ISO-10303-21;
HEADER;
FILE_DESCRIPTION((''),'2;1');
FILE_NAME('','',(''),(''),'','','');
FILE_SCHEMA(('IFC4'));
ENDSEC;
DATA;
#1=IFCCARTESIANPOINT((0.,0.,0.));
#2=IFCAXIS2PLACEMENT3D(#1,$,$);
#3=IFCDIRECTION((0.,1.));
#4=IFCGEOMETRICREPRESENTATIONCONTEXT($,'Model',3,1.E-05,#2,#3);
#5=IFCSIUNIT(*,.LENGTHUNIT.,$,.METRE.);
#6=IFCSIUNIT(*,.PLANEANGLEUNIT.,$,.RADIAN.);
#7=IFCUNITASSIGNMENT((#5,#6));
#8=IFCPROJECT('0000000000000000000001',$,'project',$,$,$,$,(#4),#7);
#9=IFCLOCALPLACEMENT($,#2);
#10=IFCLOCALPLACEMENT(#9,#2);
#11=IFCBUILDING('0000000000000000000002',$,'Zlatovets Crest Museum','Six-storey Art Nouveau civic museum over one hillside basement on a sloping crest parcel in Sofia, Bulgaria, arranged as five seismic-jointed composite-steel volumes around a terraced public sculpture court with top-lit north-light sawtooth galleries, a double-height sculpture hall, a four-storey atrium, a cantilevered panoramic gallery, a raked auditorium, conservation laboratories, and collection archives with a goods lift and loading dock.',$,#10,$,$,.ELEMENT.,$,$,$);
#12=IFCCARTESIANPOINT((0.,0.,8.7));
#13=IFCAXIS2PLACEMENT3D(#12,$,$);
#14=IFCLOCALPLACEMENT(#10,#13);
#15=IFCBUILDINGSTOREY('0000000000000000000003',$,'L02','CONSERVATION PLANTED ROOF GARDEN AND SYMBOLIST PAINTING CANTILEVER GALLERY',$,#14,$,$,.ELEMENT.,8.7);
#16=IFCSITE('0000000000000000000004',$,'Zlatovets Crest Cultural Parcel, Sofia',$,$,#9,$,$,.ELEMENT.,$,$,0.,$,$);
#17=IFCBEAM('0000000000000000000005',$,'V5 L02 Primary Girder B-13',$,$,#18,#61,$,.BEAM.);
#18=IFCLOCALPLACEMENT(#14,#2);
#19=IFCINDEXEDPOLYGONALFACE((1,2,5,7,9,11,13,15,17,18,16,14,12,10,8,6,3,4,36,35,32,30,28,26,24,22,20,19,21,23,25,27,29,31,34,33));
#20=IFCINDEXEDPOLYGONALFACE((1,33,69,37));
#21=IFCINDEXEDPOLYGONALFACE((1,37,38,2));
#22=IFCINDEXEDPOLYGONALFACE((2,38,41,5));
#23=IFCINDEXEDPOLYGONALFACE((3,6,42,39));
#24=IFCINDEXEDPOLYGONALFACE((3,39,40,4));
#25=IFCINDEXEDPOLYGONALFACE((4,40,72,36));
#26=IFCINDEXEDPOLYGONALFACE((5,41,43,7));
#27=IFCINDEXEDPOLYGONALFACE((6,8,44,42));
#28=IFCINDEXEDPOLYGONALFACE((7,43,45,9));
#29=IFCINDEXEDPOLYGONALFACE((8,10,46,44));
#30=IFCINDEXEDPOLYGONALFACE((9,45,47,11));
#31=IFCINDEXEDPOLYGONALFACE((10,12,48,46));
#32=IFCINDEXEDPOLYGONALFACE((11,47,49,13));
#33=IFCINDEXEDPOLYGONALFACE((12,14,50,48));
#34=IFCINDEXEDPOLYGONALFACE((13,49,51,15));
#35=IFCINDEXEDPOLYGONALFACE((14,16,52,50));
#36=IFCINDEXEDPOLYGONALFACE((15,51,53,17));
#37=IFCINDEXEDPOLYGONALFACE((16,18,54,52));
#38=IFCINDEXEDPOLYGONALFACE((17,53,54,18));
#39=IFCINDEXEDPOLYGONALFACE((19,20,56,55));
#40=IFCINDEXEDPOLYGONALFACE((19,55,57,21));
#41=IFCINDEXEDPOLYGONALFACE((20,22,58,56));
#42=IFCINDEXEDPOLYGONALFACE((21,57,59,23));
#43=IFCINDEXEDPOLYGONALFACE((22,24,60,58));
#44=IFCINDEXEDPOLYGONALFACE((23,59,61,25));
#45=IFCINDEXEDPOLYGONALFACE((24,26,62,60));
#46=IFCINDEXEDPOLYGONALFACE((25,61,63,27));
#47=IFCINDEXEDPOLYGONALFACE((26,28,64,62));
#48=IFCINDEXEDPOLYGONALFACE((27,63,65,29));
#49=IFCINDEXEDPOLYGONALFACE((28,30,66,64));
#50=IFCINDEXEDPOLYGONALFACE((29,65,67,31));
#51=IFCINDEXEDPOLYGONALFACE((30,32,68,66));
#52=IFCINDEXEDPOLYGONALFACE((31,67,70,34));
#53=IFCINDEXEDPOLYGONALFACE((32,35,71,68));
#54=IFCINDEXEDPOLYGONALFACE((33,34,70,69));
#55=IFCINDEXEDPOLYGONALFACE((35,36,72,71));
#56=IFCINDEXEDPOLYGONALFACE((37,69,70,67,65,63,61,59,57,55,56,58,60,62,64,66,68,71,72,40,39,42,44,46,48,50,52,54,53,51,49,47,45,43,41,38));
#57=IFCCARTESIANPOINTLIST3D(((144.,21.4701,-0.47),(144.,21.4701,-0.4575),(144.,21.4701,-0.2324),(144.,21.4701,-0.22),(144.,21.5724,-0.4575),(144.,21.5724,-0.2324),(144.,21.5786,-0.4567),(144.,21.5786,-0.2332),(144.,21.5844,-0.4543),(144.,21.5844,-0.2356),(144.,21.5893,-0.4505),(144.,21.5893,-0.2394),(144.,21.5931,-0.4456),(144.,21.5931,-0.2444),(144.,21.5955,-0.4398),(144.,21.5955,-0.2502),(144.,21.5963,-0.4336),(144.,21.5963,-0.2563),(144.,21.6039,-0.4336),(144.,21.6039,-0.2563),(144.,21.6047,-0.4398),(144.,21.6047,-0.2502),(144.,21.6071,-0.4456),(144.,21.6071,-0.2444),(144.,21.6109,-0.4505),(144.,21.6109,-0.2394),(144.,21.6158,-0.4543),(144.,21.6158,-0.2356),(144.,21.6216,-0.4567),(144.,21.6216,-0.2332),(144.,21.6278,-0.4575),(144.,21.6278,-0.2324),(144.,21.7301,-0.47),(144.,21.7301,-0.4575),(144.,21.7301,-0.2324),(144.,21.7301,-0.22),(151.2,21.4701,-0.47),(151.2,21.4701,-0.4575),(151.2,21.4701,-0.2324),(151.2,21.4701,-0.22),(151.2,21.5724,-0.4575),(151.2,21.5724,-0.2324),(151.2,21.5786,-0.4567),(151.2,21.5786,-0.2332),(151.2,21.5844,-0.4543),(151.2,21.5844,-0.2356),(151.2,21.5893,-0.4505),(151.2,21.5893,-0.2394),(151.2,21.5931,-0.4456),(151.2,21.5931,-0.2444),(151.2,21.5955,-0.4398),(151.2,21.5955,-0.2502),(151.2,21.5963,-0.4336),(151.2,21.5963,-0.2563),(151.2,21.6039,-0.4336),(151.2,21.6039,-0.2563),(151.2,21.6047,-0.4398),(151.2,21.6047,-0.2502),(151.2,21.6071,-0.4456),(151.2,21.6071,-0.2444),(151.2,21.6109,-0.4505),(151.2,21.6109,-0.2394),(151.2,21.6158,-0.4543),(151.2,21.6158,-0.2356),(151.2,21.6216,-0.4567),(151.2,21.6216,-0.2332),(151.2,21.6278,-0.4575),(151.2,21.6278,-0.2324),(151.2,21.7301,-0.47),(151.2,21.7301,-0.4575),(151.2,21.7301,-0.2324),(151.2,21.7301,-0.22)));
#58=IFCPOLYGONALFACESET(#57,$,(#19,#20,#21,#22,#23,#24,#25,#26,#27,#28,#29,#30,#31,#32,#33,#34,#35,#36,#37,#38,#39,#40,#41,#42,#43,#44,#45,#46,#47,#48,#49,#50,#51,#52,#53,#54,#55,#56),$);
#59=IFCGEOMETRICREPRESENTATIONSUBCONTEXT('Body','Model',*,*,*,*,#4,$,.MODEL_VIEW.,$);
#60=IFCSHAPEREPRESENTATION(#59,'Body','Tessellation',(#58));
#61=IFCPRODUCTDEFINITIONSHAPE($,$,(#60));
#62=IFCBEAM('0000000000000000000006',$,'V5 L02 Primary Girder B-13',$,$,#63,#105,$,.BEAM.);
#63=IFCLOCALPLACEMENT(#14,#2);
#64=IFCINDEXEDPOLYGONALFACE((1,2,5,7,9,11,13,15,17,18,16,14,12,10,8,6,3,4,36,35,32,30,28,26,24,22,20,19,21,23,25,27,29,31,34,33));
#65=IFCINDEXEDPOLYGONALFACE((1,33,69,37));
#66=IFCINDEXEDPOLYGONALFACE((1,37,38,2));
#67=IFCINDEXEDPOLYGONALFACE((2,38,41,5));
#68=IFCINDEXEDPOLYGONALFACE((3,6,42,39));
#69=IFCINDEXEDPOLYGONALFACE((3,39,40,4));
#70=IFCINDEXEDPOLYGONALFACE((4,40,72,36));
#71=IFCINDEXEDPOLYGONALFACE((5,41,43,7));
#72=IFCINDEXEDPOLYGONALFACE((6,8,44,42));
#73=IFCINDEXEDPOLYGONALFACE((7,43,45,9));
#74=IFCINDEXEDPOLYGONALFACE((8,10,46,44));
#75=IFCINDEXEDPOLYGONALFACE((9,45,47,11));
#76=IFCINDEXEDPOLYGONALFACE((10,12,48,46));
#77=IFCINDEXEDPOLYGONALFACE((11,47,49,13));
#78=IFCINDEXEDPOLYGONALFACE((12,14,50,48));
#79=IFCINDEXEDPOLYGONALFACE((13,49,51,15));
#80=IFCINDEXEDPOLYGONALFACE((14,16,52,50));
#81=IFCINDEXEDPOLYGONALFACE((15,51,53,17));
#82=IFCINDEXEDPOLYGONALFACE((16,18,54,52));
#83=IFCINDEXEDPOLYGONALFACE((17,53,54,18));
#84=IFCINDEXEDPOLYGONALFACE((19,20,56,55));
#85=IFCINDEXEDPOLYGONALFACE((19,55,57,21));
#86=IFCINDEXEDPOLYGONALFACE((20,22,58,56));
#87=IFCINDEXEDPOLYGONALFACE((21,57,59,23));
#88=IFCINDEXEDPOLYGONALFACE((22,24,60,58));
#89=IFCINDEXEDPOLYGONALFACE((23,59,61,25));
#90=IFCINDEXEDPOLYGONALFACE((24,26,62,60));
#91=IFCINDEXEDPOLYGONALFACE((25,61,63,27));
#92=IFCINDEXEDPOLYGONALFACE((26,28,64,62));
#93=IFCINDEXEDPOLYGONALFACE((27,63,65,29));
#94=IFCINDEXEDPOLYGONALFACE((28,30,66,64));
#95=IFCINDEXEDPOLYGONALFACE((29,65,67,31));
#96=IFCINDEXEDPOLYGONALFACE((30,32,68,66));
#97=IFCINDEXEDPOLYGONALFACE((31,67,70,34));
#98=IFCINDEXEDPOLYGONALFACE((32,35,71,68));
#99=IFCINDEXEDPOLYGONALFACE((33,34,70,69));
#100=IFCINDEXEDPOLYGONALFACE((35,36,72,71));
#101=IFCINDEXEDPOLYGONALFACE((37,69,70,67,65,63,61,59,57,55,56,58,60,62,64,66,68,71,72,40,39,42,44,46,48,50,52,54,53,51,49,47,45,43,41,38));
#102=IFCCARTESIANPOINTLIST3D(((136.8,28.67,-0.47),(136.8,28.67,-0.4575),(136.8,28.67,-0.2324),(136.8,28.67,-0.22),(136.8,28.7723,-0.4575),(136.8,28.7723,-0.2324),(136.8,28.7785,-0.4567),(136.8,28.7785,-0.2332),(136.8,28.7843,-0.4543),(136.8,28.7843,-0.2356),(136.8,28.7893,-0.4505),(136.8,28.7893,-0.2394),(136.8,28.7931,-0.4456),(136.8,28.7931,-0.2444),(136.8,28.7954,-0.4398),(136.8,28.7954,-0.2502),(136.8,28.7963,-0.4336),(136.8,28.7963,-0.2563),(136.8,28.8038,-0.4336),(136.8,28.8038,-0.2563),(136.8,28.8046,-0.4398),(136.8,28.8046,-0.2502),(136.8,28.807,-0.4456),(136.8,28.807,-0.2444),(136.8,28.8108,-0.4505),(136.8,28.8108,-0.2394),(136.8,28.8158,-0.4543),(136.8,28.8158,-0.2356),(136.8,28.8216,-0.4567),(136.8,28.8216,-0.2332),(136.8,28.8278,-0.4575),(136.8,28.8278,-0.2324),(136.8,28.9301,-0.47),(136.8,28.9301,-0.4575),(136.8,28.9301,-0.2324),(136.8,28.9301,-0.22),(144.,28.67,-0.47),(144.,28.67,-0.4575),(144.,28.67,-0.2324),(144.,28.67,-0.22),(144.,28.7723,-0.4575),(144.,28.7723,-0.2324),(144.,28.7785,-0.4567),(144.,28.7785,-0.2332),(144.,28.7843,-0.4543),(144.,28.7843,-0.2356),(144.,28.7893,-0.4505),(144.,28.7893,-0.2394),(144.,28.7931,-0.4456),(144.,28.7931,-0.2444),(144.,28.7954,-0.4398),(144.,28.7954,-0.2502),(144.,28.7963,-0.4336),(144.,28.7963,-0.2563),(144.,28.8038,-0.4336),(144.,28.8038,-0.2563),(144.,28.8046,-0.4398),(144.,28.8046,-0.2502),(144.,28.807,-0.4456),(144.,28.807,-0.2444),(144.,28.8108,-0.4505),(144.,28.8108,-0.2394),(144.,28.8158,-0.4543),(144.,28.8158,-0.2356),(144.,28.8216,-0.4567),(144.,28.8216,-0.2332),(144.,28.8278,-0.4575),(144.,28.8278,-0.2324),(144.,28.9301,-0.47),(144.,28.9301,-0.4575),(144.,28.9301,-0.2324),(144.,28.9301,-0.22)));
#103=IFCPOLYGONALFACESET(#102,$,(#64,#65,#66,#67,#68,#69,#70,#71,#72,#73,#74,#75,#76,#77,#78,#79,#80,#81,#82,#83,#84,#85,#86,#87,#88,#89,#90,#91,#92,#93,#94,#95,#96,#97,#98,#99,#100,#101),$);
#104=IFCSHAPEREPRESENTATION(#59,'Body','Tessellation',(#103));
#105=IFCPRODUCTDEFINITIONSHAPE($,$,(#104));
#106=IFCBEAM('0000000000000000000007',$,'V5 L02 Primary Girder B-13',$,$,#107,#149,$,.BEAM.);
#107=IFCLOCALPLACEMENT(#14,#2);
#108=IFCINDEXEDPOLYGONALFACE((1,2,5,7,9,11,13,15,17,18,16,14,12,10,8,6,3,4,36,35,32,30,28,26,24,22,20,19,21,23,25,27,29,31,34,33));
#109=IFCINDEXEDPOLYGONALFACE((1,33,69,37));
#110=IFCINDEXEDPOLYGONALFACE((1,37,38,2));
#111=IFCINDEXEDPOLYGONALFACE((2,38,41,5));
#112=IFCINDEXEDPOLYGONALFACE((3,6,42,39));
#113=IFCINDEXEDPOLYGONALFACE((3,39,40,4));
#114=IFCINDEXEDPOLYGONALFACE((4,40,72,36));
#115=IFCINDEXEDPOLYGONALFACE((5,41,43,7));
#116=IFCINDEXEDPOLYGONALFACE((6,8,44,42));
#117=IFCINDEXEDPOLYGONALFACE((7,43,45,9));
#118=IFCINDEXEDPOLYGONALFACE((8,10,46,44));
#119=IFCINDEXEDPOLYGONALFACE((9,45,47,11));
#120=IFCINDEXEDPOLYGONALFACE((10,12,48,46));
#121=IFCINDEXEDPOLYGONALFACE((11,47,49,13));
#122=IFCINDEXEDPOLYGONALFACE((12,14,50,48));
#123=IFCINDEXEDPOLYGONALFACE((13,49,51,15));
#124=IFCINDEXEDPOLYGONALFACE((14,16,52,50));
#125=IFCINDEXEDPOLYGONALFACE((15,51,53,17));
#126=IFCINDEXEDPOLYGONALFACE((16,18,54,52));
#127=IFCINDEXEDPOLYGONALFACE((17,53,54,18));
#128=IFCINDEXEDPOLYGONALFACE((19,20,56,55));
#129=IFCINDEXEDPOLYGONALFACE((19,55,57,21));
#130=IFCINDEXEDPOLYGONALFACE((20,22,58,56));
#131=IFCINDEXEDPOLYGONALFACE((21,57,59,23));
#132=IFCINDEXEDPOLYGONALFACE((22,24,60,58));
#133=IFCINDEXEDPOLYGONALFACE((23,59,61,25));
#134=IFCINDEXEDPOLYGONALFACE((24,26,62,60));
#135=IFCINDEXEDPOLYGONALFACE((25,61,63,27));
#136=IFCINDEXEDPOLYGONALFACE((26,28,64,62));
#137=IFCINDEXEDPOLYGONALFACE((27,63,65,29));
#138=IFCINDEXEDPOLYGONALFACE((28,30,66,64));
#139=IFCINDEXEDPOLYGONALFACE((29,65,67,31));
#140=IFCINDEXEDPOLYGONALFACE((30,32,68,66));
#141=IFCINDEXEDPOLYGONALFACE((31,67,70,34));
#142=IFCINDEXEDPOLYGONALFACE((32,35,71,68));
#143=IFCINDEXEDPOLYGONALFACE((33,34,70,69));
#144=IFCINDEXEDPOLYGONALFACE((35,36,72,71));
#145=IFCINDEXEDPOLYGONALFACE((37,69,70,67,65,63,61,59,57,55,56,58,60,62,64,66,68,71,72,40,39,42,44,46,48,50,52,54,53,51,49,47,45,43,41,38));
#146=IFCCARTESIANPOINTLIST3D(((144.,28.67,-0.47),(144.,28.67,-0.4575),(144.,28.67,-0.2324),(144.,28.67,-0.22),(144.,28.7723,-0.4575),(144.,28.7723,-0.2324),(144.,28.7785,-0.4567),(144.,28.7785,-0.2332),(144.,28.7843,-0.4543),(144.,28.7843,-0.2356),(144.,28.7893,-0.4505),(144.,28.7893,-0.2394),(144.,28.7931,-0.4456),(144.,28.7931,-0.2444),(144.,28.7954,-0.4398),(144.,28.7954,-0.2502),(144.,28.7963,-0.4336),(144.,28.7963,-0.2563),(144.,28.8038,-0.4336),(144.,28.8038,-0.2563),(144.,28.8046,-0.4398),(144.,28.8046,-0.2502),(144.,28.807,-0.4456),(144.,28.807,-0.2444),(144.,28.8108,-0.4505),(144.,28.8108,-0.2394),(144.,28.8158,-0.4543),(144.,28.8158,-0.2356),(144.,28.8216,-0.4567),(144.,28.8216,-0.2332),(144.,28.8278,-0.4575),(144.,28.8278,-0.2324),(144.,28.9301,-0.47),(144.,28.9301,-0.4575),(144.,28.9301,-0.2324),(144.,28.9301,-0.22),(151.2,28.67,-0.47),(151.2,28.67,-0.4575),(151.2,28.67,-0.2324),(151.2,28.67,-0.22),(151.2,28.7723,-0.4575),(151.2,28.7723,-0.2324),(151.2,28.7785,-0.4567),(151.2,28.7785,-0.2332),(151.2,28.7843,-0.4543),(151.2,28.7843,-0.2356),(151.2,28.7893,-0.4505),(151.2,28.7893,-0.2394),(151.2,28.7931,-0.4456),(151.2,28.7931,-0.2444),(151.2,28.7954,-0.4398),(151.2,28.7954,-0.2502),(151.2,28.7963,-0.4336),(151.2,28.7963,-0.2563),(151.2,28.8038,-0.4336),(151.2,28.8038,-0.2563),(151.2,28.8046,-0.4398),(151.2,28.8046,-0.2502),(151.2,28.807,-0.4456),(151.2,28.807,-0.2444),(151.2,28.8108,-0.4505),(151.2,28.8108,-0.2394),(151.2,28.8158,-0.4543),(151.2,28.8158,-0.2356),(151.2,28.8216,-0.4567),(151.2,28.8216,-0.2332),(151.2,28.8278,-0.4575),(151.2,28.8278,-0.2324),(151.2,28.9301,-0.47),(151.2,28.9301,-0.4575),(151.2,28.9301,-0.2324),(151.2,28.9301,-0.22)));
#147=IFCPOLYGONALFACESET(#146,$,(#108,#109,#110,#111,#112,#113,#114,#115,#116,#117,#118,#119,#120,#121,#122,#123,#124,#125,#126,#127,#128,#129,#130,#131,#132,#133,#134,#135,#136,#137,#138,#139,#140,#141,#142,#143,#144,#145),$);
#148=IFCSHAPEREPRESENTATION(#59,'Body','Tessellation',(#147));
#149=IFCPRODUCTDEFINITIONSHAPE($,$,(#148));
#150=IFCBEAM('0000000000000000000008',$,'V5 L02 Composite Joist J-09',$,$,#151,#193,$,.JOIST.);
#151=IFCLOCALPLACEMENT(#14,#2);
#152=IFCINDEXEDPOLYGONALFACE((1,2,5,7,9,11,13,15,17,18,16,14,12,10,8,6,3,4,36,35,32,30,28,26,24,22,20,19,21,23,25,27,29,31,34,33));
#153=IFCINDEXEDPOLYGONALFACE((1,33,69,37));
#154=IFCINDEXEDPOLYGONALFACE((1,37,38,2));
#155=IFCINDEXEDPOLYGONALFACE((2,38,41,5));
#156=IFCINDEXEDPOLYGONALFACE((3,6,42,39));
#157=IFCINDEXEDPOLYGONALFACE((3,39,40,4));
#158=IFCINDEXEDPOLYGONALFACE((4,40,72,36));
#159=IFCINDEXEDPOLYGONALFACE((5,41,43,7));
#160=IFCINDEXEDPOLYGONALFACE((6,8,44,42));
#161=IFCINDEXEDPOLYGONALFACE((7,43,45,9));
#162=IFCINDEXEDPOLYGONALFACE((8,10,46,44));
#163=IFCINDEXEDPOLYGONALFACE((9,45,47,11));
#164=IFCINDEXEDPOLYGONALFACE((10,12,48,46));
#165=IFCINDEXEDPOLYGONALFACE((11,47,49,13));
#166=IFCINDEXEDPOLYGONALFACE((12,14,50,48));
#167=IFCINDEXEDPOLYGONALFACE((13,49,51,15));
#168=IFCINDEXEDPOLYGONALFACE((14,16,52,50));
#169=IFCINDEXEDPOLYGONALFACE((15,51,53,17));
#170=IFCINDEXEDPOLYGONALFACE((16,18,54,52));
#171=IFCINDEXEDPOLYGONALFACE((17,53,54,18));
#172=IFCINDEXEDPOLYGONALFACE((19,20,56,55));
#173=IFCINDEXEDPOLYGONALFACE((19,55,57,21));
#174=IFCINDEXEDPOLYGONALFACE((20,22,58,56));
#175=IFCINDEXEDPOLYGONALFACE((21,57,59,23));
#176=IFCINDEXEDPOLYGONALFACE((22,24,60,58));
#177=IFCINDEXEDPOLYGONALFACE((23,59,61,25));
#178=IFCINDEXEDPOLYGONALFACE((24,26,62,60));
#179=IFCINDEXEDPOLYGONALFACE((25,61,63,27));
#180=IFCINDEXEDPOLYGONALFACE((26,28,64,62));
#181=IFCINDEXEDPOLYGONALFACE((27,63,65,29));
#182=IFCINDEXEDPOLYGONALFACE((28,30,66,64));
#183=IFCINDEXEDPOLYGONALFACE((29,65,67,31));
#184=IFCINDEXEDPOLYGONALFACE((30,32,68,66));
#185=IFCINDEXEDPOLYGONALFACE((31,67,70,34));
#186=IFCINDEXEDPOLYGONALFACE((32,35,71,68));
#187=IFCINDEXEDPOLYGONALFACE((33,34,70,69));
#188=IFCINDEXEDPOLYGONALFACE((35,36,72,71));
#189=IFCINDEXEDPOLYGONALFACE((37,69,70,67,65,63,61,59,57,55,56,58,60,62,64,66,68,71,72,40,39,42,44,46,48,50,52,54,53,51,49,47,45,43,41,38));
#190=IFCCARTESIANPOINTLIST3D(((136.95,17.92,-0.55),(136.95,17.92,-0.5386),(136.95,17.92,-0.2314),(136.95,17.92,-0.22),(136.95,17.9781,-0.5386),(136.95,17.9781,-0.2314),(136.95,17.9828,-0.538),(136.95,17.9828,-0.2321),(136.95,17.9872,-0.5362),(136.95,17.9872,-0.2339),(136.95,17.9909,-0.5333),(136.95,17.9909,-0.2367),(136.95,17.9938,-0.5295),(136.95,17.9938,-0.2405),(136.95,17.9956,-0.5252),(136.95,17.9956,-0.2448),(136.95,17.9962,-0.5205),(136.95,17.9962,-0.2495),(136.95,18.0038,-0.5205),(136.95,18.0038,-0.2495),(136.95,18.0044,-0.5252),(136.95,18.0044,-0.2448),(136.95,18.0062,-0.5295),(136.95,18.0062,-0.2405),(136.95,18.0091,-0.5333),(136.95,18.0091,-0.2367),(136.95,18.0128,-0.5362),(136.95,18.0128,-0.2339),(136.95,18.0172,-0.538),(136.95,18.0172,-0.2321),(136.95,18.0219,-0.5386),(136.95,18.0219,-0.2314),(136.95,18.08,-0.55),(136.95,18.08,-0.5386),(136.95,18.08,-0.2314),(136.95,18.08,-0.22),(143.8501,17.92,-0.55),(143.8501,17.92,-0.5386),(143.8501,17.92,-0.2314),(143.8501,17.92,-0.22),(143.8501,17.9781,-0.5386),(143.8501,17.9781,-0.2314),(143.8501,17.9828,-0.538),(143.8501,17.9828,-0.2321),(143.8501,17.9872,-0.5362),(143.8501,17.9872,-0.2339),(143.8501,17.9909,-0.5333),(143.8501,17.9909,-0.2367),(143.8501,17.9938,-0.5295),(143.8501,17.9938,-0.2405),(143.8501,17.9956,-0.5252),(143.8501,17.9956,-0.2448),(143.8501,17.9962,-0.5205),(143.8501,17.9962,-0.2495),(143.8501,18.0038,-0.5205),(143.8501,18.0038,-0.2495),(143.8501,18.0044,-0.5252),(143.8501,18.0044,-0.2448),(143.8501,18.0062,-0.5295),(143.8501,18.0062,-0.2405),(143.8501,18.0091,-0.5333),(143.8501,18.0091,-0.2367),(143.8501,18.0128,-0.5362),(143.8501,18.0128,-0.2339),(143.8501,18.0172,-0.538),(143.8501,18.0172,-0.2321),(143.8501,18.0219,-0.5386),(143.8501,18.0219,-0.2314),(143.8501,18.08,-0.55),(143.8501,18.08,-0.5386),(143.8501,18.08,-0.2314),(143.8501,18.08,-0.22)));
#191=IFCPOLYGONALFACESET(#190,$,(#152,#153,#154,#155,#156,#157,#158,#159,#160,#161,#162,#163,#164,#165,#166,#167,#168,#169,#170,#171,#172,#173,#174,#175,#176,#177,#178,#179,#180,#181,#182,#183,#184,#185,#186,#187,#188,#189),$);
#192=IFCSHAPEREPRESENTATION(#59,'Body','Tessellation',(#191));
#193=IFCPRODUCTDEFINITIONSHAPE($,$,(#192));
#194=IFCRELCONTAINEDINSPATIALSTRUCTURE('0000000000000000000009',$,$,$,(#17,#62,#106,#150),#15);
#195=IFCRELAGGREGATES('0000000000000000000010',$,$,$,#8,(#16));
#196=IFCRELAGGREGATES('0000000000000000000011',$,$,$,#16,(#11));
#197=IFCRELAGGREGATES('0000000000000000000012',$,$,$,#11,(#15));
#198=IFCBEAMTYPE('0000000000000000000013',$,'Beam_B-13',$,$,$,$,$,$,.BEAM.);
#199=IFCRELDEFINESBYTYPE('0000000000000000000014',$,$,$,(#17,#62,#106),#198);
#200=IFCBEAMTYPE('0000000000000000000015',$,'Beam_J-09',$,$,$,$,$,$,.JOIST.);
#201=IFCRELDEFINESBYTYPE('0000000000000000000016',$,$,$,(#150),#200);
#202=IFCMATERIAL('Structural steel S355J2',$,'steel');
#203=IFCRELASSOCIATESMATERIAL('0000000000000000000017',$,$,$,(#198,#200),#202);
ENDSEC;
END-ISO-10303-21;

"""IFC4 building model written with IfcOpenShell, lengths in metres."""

from ifc_helpers import new_model, si_unit, direction, frame, origin, origin_2d, place, context, subcontext, project, spatial, i_section, extrude, material, material_profile, profile_set, type_object, element, save


model = new_model("IFC4")

# Units and contexts
model_context = context("Model", 3, precision=1e-05, world=origin(), true_north=direction((0.0, 1.0)))
body_context = subcontext(model_context, "Body", "Model", "MODEL_VIEW")
ifc_project = project(units=[si_unit("LENGTHUNIT", "METRE"), si_unit("PLANEANGLEUNIT", "RADIAN")], contexts=[model_context])

# Site, building, storey
site_placement = place(None, origin())
site = spatial("IfcSite", under=ifc_project, at=site_placement, Name="Zlatovets Crest Cultural Parcel, Sofia", CompositionType="ELEMENT", RefElevation=0.0)
building_placement = place(site_placement, origin())
building = spatial("IfcBuilding", under=site, at=building_placement, Name="Zlatovets Crest Museum", Description="Six-storey Art Nouveau civic museum over one hillside basement on a sloping crest parcel in Sofia, Bulgaria, arranged as five seismic-jointed composite-steel volumes around a terraced public sculpture court with top-lit north-light sawtooth galleries, a double-height sculpture hall, a four-storey atrium, a cantilevered panoramic gallery, a raked auditorium, conservation laboratories, and collection archives with a goods lift and loading dock.", CompositionType="ELEMENT")
storey_placement = place(building_placement, frame((0.0, 0.0, 8.7)))
storey = spatial("IfcBuildingStorey", under=building, at=storey_placement, Name="L02", Description="CONSERVATION PLANTED ROOF GARDEN AND SYMBOLIST PAINTING CANTILEVER GALLERY", CompositionType="ELEMENT", Elevation=8.7)

# Shared definitions
ifc_material_1 = material(Name="Structural steel S355J2", Category="steel")

# Beams
ifc_material_profile_1 = material_profile(ifc_material_1, i_section(OverallWidth=0.26, OverallDepth=0.25, WebThickness=0.0076, FlangeThickness=0.0125, FilletRadius=0.0239, at=origin_2d()), Name="HEA 260")
ifc_profile_set_1 = profile_set([ifc_material_profile_1], Name="Structural steel S355J2")
beam_type_1 = type_object("IfcBeamType", Name="Beam_B-13", PredefinedType="BEAM", material=ifc_profile_set_1)
for number, where, z_axis, x_axis, name in (
    (1, (144.0, 21.6001, -0.345), (1.0, 0.0, 0.0), (0.0, 1.0, 0.0), "V5 L02 Primary Girder B-13"),
    (2, (136.8, 28.8, -0.345), (1.0, 0.0, 0.0), (0.0, 1.0, 0.0), "V5 L02 Primary Girder B-13"),
    (3, (144.0, 28.8, -0.345), (1.0, 0.0, 0.0), (0.0, 1.0, 0.0), "V5 L02 Primary Girder B-13"),
):
    element("IfcBeam", number, at=place(storey_placement, frame(where, z_axis=z_axis, x_axis=x_axis)), inside=storey, type_object=beam_type_1, Name=name, PredefinedType="BEAM", context=body_context, shape_type="SweptSolid", body=[
        extrude(i_section(OverallWidth=0.26, OverallDepth=0.25, WebThickness=0.0076, FlangeThickness=0.0125, FilletRadius=0.0239, at=origin_2d()), origin(), (0.0, 0.0, 1.0), 7.2),
    ])
ifc_material_profile_2 = material_profile(ifc_material_1, i_section(OverallWidth=0.1599, OverallDepth=0.3301, WebThickness=0.0076, FlangeThickness=0.0115, FilletRadius=0.0181, at=origin_2d()), Name="IPE 330")
ifc_profile_set_2 = profile_set([ifc_material_profile_2], Name="Structural steel S355J2")
beam_type_2 = type_object("IfcBeamType", Name="Beam_J-09", PredefinedType="JOIST", material=ifc_profile_set_2)
for number, where, z_axis, x_axis, name in (
    (4, (136.95, 18.0, -0.385), (1.0, 0.0, 0.0), (0.0, 1.0, 0.0), "V5 L02 Composite Joist J-09"),
):
    element("IfcBeam", number, at=place(storey_placement, frame(where, z_axis=z_axis, x_axis=x_axis)), inside=storey, type_object=beam_type_2, Name=name, PredefinedType="JOIST", context=body_context, shape_type="SweptSolid", body=[
        extrude(i_section(OverallWidth=0.1599, OverallDepth=0.3301, WebThickness=0.0076, FlangeThickness=0.0115, FilletRadius=0.0181, at=origin_2d()), origin(), (0.0, 0.0, 1.0), 6.9001),
    ])

save(model, "model.ifc")
